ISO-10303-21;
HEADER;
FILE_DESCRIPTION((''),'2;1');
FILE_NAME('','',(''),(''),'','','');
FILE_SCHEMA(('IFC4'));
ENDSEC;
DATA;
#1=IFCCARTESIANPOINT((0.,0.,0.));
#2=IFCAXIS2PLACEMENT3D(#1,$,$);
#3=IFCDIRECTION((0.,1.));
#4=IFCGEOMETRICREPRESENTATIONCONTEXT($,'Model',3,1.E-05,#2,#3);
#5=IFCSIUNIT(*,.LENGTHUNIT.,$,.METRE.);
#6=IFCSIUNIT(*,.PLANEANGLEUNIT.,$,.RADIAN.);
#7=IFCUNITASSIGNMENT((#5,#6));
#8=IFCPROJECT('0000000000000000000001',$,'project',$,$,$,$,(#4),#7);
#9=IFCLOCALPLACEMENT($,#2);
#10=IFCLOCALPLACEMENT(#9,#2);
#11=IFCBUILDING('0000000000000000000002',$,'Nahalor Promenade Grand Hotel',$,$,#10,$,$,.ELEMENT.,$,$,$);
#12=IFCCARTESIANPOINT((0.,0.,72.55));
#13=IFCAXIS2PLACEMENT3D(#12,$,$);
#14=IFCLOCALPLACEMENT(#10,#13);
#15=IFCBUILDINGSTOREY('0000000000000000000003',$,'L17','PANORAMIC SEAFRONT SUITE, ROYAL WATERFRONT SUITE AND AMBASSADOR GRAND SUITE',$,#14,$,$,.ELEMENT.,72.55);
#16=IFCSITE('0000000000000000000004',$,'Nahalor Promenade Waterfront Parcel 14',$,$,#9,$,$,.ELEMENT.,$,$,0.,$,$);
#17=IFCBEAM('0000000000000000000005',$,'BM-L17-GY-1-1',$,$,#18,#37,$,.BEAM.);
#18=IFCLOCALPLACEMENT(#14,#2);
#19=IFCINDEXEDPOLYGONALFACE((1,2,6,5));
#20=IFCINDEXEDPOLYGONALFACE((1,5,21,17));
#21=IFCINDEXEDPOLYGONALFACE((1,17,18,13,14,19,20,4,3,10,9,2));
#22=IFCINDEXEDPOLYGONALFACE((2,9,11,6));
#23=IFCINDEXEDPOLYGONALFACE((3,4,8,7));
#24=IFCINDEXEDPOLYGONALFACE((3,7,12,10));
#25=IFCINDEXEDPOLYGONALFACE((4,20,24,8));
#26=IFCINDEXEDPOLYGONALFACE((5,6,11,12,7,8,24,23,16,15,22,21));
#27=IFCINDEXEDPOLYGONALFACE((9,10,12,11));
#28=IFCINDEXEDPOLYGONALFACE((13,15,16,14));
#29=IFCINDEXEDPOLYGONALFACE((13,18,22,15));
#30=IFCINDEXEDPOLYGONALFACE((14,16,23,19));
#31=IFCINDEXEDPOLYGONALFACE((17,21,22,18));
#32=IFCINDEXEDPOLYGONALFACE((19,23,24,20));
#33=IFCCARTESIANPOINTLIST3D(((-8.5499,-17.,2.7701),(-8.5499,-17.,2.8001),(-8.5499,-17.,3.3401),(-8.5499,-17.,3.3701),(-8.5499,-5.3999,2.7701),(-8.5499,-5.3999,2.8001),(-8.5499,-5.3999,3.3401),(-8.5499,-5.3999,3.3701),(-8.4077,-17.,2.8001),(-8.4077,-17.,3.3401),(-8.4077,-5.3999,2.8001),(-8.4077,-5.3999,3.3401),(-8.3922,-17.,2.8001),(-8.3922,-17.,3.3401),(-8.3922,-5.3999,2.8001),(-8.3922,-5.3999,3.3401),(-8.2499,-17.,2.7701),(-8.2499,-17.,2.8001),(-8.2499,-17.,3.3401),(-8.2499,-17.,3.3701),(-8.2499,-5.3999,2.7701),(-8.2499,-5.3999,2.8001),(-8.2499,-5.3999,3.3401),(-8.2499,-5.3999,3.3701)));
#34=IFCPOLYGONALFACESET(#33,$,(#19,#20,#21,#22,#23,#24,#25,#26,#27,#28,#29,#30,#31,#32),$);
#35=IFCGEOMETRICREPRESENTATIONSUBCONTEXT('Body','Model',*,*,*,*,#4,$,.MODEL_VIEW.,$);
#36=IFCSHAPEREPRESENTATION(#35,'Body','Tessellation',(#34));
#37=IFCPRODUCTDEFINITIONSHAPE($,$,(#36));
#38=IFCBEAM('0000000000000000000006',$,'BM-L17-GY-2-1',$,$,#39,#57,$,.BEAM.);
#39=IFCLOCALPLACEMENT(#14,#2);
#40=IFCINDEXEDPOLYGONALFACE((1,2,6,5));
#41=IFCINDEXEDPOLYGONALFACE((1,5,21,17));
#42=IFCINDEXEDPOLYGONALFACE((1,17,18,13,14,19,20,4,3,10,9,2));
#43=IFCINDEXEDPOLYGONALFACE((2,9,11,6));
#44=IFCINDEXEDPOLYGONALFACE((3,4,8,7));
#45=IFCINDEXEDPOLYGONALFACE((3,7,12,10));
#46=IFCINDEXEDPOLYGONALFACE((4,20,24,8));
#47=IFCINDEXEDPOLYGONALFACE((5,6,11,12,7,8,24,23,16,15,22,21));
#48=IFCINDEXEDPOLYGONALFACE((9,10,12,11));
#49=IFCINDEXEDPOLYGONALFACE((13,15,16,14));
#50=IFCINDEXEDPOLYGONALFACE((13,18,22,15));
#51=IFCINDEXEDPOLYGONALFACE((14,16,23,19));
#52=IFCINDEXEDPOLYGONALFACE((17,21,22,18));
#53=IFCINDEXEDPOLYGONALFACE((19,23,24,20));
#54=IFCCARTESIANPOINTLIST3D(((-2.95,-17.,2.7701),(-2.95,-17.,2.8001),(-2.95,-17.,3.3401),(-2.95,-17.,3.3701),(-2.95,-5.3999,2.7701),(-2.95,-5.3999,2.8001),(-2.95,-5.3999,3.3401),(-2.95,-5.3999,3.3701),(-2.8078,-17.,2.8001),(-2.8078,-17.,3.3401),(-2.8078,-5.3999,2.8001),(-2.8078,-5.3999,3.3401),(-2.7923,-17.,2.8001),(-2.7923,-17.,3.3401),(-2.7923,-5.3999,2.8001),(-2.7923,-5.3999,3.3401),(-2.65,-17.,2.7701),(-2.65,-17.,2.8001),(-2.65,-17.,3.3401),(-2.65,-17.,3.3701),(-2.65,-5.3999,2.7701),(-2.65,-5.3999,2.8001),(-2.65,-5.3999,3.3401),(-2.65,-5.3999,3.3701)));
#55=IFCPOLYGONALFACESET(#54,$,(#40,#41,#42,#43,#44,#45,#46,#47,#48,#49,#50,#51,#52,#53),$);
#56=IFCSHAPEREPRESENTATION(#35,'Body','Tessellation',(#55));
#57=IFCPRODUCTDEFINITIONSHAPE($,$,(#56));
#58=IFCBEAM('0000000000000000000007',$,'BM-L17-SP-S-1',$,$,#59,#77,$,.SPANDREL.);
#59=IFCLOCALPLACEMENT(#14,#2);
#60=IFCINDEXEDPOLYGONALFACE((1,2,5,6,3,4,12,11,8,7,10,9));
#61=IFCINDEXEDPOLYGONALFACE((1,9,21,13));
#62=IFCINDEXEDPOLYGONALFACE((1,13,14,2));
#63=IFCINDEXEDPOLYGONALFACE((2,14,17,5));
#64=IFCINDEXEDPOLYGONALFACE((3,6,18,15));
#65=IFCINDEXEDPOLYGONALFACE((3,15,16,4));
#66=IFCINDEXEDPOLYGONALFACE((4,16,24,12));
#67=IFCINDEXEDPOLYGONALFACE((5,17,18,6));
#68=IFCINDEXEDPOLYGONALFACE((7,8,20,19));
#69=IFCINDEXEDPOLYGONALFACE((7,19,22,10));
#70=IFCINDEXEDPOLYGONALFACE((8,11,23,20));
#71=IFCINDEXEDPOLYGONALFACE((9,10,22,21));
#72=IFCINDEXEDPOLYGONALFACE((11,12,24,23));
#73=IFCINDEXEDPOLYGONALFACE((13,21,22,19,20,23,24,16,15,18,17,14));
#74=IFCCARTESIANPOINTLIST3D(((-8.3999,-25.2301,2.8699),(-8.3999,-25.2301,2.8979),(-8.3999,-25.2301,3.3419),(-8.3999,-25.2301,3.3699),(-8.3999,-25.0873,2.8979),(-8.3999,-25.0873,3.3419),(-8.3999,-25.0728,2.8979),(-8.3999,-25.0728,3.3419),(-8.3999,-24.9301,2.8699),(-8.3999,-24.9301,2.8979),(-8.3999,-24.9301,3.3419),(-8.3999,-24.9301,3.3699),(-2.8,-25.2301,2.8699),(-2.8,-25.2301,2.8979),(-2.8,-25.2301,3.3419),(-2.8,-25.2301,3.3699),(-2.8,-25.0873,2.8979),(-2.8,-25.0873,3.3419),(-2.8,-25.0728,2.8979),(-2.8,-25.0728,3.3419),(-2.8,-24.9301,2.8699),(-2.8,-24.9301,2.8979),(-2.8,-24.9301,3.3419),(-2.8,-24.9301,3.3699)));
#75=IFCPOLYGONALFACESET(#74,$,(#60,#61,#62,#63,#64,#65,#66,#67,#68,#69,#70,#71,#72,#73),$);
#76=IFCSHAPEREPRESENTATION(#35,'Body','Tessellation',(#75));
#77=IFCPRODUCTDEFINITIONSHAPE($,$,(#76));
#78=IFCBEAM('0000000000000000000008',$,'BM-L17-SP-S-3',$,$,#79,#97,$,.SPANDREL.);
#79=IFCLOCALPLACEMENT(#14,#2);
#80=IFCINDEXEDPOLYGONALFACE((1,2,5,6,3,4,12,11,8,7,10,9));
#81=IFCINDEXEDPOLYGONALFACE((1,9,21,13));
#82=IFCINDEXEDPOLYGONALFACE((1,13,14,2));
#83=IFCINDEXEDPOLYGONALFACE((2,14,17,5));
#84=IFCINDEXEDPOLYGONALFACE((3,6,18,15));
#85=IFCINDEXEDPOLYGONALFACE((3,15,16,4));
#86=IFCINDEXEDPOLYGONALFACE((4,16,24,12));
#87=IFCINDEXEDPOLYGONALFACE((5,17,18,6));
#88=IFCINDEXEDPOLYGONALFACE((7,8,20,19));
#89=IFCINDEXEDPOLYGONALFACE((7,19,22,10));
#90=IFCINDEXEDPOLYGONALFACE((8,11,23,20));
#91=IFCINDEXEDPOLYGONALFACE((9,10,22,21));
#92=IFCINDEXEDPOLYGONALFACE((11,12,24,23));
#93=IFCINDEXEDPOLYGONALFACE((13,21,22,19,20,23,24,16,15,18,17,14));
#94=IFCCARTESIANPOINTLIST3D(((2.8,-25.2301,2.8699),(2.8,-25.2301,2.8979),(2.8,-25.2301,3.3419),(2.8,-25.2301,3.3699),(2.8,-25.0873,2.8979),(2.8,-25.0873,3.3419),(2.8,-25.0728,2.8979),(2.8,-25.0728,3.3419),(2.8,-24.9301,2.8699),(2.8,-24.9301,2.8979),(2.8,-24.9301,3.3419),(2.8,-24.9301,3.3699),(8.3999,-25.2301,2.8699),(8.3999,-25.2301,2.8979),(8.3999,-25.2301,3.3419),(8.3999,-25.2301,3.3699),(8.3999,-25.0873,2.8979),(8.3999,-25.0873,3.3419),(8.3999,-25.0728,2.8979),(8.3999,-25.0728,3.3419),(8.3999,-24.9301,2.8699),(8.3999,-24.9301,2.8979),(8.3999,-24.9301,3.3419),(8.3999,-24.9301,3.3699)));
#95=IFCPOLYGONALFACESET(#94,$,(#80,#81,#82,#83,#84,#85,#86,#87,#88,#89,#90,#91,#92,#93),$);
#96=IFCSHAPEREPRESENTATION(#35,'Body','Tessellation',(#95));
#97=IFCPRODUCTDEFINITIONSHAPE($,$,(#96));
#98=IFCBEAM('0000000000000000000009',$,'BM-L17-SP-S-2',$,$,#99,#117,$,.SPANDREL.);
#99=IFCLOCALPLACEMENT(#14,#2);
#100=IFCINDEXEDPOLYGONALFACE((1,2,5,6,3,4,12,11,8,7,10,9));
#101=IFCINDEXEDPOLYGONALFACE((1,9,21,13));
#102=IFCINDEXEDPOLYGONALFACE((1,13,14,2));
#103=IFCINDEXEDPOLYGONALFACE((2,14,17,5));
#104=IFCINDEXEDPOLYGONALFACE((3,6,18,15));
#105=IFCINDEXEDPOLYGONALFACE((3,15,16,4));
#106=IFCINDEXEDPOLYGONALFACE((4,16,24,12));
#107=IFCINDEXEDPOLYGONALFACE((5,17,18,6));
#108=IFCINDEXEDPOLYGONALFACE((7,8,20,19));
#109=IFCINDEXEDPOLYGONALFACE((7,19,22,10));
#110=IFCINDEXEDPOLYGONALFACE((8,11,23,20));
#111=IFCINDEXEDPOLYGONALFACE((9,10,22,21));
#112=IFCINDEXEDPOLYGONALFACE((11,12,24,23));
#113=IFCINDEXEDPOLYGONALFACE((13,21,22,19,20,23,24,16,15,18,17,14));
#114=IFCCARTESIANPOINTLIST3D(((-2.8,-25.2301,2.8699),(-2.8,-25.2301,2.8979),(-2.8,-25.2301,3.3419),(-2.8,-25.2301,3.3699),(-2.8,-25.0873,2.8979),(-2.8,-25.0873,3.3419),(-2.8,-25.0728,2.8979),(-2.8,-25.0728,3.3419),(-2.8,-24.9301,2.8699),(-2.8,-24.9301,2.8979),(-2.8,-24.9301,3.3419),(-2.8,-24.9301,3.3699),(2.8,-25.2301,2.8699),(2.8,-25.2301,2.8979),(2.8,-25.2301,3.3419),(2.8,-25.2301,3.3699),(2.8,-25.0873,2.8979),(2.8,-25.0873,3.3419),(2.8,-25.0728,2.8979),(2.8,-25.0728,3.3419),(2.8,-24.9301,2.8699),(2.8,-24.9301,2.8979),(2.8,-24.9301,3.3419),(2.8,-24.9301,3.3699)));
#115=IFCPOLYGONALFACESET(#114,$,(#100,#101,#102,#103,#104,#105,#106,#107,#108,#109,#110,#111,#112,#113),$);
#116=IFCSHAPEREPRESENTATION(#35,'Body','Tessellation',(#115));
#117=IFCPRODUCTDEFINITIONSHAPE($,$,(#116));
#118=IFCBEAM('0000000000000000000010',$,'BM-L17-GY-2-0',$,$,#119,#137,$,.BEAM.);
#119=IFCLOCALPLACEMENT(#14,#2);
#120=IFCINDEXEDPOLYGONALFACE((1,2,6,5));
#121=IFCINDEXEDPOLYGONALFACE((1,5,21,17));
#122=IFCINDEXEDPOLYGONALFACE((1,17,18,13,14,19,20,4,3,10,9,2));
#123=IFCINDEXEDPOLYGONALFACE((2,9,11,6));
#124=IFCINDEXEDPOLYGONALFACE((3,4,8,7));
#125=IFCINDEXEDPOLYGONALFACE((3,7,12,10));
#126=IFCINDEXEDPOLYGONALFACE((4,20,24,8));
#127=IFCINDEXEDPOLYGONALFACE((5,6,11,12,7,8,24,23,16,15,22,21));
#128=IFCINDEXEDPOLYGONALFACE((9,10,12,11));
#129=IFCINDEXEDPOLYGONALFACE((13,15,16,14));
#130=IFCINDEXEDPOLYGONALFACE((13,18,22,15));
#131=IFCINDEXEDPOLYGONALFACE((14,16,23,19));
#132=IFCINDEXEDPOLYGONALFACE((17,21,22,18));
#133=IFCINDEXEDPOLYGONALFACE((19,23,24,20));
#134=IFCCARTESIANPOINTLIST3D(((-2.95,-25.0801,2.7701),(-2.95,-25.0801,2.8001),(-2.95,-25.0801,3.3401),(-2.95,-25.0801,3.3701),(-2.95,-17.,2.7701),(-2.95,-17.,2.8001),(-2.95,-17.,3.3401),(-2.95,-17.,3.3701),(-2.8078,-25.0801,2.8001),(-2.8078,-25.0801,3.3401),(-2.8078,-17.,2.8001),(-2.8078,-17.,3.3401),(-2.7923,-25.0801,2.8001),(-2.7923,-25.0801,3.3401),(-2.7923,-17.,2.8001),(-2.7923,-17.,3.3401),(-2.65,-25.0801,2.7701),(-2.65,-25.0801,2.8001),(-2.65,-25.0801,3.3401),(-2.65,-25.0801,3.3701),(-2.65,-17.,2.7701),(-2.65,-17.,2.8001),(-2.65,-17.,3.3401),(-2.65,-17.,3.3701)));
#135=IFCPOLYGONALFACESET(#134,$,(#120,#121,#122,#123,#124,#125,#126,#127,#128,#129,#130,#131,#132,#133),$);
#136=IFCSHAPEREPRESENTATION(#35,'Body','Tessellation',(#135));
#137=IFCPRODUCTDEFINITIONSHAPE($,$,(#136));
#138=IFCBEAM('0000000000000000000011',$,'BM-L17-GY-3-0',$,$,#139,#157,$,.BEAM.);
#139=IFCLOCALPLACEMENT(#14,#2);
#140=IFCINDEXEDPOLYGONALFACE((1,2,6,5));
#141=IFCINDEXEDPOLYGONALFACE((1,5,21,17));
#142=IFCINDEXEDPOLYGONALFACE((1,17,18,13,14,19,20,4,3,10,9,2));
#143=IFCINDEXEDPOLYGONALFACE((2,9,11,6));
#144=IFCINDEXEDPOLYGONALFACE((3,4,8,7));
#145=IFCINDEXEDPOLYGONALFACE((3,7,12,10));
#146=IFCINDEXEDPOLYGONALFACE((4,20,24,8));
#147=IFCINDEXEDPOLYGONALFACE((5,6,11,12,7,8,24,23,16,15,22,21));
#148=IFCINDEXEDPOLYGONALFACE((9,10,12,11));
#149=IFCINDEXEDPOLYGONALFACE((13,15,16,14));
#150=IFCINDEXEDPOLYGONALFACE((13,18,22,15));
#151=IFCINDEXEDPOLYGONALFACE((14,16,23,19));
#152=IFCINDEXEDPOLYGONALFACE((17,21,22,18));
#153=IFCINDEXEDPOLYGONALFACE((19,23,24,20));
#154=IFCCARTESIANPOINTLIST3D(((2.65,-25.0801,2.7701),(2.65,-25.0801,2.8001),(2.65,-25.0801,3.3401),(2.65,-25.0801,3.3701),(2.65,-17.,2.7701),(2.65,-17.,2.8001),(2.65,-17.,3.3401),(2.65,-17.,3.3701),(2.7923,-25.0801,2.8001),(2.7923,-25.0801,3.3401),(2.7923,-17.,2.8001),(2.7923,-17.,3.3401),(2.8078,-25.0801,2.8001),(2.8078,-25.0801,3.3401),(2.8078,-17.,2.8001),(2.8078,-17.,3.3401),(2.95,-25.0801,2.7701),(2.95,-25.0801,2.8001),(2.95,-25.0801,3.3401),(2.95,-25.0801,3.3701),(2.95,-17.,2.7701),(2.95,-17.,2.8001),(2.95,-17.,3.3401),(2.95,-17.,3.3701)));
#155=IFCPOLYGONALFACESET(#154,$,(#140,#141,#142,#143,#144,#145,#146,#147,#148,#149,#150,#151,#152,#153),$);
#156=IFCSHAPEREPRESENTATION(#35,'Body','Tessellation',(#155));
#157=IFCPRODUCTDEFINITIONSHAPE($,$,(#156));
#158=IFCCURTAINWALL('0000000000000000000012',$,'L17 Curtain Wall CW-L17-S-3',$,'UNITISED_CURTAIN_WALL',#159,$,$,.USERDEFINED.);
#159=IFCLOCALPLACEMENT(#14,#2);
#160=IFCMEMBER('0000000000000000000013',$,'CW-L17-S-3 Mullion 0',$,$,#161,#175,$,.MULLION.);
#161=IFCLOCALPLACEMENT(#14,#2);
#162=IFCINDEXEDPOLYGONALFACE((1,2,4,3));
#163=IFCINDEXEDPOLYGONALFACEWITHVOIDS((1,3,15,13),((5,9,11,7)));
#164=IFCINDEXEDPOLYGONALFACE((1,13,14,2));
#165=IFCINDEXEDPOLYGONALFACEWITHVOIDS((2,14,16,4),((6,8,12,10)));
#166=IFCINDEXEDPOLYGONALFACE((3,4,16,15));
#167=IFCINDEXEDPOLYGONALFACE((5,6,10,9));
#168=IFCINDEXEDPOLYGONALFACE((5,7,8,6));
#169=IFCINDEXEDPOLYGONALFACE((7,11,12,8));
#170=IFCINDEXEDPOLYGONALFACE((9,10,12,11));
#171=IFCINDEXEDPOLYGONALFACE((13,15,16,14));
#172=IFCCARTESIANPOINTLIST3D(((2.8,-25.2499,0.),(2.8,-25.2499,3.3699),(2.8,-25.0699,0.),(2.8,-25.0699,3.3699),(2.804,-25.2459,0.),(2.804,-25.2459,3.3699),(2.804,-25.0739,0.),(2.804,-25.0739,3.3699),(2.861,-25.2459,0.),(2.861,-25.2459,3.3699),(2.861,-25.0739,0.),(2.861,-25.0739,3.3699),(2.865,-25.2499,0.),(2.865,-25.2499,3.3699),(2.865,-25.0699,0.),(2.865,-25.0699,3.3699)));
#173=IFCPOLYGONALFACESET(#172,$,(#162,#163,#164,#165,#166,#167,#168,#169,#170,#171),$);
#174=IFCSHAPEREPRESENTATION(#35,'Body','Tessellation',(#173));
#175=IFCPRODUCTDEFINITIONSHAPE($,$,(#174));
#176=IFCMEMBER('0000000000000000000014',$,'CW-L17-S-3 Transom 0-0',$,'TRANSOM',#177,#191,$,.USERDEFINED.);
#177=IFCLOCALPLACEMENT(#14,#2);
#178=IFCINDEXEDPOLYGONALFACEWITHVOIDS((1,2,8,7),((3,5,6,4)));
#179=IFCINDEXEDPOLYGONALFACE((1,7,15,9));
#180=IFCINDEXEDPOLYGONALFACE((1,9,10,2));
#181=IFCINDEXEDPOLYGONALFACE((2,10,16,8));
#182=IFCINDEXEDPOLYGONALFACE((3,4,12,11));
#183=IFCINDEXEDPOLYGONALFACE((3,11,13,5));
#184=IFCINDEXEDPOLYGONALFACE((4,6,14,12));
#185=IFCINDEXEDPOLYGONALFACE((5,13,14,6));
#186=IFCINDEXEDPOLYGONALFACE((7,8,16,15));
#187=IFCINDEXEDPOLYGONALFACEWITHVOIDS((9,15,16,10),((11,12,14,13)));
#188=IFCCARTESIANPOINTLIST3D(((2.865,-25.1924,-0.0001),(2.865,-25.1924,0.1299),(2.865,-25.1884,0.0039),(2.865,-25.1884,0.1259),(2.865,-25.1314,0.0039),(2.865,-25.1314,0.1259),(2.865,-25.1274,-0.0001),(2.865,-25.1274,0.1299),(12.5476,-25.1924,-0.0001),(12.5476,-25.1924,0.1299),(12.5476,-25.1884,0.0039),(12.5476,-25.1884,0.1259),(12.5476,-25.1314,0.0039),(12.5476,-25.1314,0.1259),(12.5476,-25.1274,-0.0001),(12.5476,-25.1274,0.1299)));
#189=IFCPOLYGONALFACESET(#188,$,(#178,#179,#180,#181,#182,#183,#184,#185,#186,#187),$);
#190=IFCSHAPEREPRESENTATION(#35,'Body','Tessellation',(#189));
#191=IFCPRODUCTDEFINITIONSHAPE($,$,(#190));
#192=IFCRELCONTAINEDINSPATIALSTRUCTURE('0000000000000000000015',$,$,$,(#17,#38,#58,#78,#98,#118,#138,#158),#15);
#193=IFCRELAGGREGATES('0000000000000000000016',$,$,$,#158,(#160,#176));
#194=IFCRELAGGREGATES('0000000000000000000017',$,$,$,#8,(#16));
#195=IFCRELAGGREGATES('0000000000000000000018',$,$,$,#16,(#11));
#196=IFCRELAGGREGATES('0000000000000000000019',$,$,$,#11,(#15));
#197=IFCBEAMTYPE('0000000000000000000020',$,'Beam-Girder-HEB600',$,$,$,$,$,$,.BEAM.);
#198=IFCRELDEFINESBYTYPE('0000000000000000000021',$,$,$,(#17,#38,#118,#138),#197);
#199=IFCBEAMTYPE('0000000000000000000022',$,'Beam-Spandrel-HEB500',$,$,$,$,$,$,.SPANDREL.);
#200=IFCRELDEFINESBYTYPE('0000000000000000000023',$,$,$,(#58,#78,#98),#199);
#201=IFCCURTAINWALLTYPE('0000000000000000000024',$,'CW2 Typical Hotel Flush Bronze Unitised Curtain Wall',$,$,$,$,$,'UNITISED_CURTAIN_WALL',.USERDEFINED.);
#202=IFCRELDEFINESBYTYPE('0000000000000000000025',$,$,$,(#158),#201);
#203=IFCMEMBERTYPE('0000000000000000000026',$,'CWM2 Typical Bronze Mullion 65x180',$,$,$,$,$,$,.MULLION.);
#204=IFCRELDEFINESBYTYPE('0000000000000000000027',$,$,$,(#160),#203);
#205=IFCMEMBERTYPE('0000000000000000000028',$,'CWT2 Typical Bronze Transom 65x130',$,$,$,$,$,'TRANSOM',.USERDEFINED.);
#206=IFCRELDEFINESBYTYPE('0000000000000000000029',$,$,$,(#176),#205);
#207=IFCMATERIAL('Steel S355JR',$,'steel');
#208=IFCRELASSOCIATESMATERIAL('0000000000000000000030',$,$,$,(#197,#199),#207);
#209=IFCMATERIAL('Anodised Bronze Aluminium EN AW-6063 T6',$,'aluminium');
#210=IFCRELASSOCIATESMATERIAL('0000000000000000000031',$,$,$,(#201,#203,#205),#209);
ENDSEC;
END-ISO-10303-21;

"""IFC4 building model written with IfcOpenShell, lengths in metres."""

from ifc_helpers import new_model, si_unit, direction, frame, origin, origin_2d, place, context, subcontext, project, spatial, hollow_rectangle, i_section, extrude, source, transform, mapped, material, material_profile, profile_set, type_object, element, aggregate, save


model = new_model("IFC4")

# Units and contexts
model_context = context("Model", 3, precision=1e-05, world=origin(), true_north=direction((0.0, 1.0)))
body_context = subcontext(model_context, "Body", "Model", "MODEL_VIEW")
ifc_project = project(units=[si_unit("LENGTHUNIT", "METRE"), si_unit("PLANEANGLEUNIT", "RADIAN")], contexts=[model_context])

# Site, building, storey
site_placement = place(None, origin())
site = spatial("IfcSite", under=ifc_project, at=site_placement, Name="Nahalor Promenade Waterfront Parcel 14", CompositionType="ELEMENT", RefElevation=0.0)
building_placement = place(site_placement, origin())
building = spatial("IfcBuilding", under=site, at=building_placement, Name="Nahalor Promenade Grand Hotel", CompositionType="ELEMENT")
storey_placement = place(building_placement, frame((0.0, 0.0, 72.55)))
storey = spatial("IfcBuildingStorey", under=building, at=storey_placement, Name="L17", Description="PANORAMIC SEAFRONT SUITE, ROYAL WATERFRONT SUITE AND AMBASSADOR GRAND SUITE", CompositionType="ELEMENT", Elevation=72.55)

# Beams
ifc_material_1 = material(Name="Steel S355JR", Category="steel")
ifc_material_profile_1 = material_profile(ifc_material_1, i_section(OverallWidth=0.3, OverallDepth=0.6, WebThickness=0.0155, FlangeThickness=0.03, at=origin_2d()), Name="HEB 600")
ifc_profile_set_1 = profile_set([ifc_material_profile_1], Name="Steel S355JR")
beam_type_1 = type_object("IfcBeamType", Name="Beam-Girder-HEB600", PredefinedType="BEAM", material=ifc_profile_set_1)
shared_shape_1 = source(origin(), body_context, "Body", "SweptSolid", [
    extrude(i_section(OverallWidth=0.3, OverallDepth=0.6, WebThickness=0.0155, FlangeThickness=0.03, at=origin_2d()), origin(), (0.0, 0.0, 1.0), 11.6001),
])
for number, where, z_axis, x_axis, name in (
    (1, (-8.3999, -17.0, 3.0701), (0.0, 1.0, 0.0), (-1.0, 0.0, 0.0), "BM-L17-GY-1-1"),
    (2, (-2.8, -17.0, 3.0701), (0.0, 1.0, 0.0), (-1.0, 0.0, 0.0), "BM-L17-GY-2-1"),
):
    element("IfcBeam", number, at=place(storey_placement, frame(where, z_axis=z_axis, x_axis=x_axis)), inside=storey, type_object=beam_type_1, Name=name, PredefinedType="BEAM", context=body_context, shape_type="MappedRepresentation", body=[
        mapped(shared_shape_1, transform((0.0, 0.0, 0.0), scale=1.0)),
    ])
ifc_material_profile_2 = material_profile(ifc_material_1, i_section(OverallWidth=0.3, OverallDepth=0.5, WebThickness=0.0145, FlangeThickness=0.028, at=origin_2d()), Name="HEB 500")
ifc_profile_set_2 = profile_set([ifc_material_profile_2], Name="Steel S355JR")
beam_type_2 = type_object("IfcBeamType", Name="Beam-Spandrel-HEB500", PredefinedType="SPANDREL", material=ifc_profile_set_2)
shared_shape_2 = source(origin(), body_context, "Body", "SweptSolid", [
    extrude(i_section(OverallWidth=0.3, OverallDepth=0.5, WebThickness=0.0145, FlangeThickness=0.028, at=origin_2d()), origin(), (0.0, 0.0, 1.0), 5.5999),
])
for number, where, z_axis, x_axis, name in (
    (3, (-8.3999, -25.0801, 3.1199), (1.0, 0.0, 0.0), (0.0, 1.0, 0.0), "BM-L17-SP-S-1"),
    (4, (2.8, -25.0801, 3.1199), (1.0, 0.0, 0.0), (0.0, 1.0, 0.0), "BM-L17-SP-S-3"),
):
    element("IfcBeam", number, at=place(storey_placement, frame(where, z_axis=z_axis, x_axis=x_axis)), inside=storey, type_object=beam_type_2, Name=name, PredefinedType="SPANDREL", context=body_context, shape_type="MappedRepresentation", body=[
        mapped(shared_shape_2, transform((0.0, 0.0, 0.0), scale=1.0)),
    ])
shared_shape_3 = source(origin(), body_context, "Body", "SweptSolid", [
    extrude(i_section(OverallWidth=0.3, OverallDepth=0.5, WebThickness=0.0145, FlangeThickness=0.028, at=origin_2d()), origin(), (0.0, 0.0, 1.0), 5.6001),
])
beam_1_placement = place(storey_placement, frame((-2.8, -25.0801, 3.1199), z_axis=(1.0, 0.0, 0.0), x_axis=(0.0, 1.0, 0.0)))
element("IfcBeam", 5, at=beam_1_placement, inside=storey, type_object=beam_type_2, Name="BM-L17-SP-S-2", PredefinedType="SPANDREL", context=body_context, shape_type="MappedRepresentation", body=[
    mapped(shared_shape_3, transform((0.0, 0.0, 0.0), scale=1.0)),
])
shared_shape_4 = source(origin(), body_context, "Body", "SweptSolid", [
    extrude(i_section(OverallWidth=0.3, OverallDepth=0.6, WebThickness=0.0155, FlangeThickness=0.03, at=origin_2d()), origin(), (0.0, 0.0, 1.0), 8.0801),
])
for number, where, z_axis, x_axis, name in (
    (6, (-2.8, -25.0801, 3.0701), (0.0, 1.0, 0.0), (-1.0, 0.0, 0.0), "BM-L17-GY-2-0"),
    (7, (2.8, -25.0801, 3.0701), (0.0, 1.0, 0.0), (-1.0, 0.0, 0.0), "BM-L17-GY-3-0"),
):
    element("IfcBeam", number, at=place(storey_placement, frame(where, z_axis=z_axis, x_axis=x_axis)), inside=storey, type_object=beam_type_1, Name=name, PredefinedType="BEAM", context=body_context, shape_type="MappedRepresentation", body=[
        mapped(shared_shape_4, transform((0.0, 0.0, 0.0), scale=1.0)),
    ])

# Curtain wall, members
ifc_material_2 = material(Name="Anodised Bronze Aluminium EN AW-6063 T6", Category="aluminium")
curtain_wall_type = type_object("IfcCurtainWallType", Name="CW2 Typical Hotel Flush Bronze Unitised Curtain Wall", ElementType="UNITISED_CURTAIN_WALL", PredefinedType="USERDEFINED", material=ifc_material_2)
curtain_wall_placement = place(storey_placement, origin())
curtain_wall = element("IfcCurtainWall", 8, at=curtain_wall_placement, inside=storey, type_object=curtain_wall_type, Name="L17 Curtain Wall CW-L17-S-3", ObjectType="UNITISED_CURTAIN_WALL", PredefinedType="USERDEFINED")
ifc_material_profile_3 = material_profile(ifc_material_2, hollow_rectangle(XDim=0.065, YDim=0.18, WallThickness=0.004, at=origin_2d()), Name="CWM 65x180x4")
ifc_profile_set_3 = profile_set([ifc_material_profile_3], Name="Anodised Bronze Aluminium EN AW-6063 T6")
member_type_1 = type_object("IfcMemberType", Name="CWM2 Typical Bronze Mullion 65x180", PredefinedType="MULLION", material=ifc_profile_set_3)
shared_shape_5 = source(origin(), body_context, "Body", "SweptSolid", [
    extrude(hollow_rectangle(XDim=0.065, YDim=0.18, WallThickness=0.004, at=origin_2d()), origin(), (0.0, 0.0, 1.0), 3.3699),
])
member_1_placement = place(storey_placement, frame((2.8325, -25.1599, 0.0), z_axis=(0.0, 0.0, 1.0), x_axis=(1.0, 0.0, 0.0)))
member_1 = element("IfcMember", 9, at=member_1_placement, type_object=member_type_1, Name="CW-L17-S-3 Mullion 0", PredefinedType="MULLION", context=body_context, shape_type="MappedRepresentation", body=[
    mapped(shared_shape_5, transform((0.0, 0.0, 0.0), scale=1.0)),
])
ifc_material_profile_4 = material_profile(ifc_material_2, hollow_rectangle(XDim=0.065, YDim=0.13, WallThickness=0.004, at=origin_2d()), Name="CWT 65x130x4")
ifc_profile_set_4 = profile_set([ifc_material_profile_4], Name="Anodised Bronze Aluminium EN AW-6063 T6")
member_type_2 = type_object("IfcMemberType", Name="CWT2 Typical Bronze Transom 65x130", ElementType="TRANSOM", PredefinedType="USERDEFINED", material=ifc_profile_set_4)
shared_shape_6 = source(origin(), body_context, "Body", "SweptSolid", [
    extrude(hollow_rectangle(XDim=0.065, YDim=0.13, WallThickness=0.004, at=origin_2d()), origin(), (0.0, 0.0, 1.0), 9.6826),
])
member_2_placement = place(storey_placement, frame((2.865, -25.1599, 0.0649), z_axis=(1.0, 0.0, 0.0), x_axis=(0.0, 1.0, 0.0)))
member_2 = element("IfcMember", 10, at=member_2_placement, type_object=member_type_2, Name="CW-L17-S-3 Transom 0-0", ObjectType="TRANSOM", PredefinedType="USERDEFINED", context=body_context, shape_type="MappedRepresentation", body=[
    mapped(shared_shape_6, transform((0.0, 0.0, 0.0), scale=1.0)),
])
aggregate(curtain_wall, [member_1, member_2])

save(model, "model.ifc")
